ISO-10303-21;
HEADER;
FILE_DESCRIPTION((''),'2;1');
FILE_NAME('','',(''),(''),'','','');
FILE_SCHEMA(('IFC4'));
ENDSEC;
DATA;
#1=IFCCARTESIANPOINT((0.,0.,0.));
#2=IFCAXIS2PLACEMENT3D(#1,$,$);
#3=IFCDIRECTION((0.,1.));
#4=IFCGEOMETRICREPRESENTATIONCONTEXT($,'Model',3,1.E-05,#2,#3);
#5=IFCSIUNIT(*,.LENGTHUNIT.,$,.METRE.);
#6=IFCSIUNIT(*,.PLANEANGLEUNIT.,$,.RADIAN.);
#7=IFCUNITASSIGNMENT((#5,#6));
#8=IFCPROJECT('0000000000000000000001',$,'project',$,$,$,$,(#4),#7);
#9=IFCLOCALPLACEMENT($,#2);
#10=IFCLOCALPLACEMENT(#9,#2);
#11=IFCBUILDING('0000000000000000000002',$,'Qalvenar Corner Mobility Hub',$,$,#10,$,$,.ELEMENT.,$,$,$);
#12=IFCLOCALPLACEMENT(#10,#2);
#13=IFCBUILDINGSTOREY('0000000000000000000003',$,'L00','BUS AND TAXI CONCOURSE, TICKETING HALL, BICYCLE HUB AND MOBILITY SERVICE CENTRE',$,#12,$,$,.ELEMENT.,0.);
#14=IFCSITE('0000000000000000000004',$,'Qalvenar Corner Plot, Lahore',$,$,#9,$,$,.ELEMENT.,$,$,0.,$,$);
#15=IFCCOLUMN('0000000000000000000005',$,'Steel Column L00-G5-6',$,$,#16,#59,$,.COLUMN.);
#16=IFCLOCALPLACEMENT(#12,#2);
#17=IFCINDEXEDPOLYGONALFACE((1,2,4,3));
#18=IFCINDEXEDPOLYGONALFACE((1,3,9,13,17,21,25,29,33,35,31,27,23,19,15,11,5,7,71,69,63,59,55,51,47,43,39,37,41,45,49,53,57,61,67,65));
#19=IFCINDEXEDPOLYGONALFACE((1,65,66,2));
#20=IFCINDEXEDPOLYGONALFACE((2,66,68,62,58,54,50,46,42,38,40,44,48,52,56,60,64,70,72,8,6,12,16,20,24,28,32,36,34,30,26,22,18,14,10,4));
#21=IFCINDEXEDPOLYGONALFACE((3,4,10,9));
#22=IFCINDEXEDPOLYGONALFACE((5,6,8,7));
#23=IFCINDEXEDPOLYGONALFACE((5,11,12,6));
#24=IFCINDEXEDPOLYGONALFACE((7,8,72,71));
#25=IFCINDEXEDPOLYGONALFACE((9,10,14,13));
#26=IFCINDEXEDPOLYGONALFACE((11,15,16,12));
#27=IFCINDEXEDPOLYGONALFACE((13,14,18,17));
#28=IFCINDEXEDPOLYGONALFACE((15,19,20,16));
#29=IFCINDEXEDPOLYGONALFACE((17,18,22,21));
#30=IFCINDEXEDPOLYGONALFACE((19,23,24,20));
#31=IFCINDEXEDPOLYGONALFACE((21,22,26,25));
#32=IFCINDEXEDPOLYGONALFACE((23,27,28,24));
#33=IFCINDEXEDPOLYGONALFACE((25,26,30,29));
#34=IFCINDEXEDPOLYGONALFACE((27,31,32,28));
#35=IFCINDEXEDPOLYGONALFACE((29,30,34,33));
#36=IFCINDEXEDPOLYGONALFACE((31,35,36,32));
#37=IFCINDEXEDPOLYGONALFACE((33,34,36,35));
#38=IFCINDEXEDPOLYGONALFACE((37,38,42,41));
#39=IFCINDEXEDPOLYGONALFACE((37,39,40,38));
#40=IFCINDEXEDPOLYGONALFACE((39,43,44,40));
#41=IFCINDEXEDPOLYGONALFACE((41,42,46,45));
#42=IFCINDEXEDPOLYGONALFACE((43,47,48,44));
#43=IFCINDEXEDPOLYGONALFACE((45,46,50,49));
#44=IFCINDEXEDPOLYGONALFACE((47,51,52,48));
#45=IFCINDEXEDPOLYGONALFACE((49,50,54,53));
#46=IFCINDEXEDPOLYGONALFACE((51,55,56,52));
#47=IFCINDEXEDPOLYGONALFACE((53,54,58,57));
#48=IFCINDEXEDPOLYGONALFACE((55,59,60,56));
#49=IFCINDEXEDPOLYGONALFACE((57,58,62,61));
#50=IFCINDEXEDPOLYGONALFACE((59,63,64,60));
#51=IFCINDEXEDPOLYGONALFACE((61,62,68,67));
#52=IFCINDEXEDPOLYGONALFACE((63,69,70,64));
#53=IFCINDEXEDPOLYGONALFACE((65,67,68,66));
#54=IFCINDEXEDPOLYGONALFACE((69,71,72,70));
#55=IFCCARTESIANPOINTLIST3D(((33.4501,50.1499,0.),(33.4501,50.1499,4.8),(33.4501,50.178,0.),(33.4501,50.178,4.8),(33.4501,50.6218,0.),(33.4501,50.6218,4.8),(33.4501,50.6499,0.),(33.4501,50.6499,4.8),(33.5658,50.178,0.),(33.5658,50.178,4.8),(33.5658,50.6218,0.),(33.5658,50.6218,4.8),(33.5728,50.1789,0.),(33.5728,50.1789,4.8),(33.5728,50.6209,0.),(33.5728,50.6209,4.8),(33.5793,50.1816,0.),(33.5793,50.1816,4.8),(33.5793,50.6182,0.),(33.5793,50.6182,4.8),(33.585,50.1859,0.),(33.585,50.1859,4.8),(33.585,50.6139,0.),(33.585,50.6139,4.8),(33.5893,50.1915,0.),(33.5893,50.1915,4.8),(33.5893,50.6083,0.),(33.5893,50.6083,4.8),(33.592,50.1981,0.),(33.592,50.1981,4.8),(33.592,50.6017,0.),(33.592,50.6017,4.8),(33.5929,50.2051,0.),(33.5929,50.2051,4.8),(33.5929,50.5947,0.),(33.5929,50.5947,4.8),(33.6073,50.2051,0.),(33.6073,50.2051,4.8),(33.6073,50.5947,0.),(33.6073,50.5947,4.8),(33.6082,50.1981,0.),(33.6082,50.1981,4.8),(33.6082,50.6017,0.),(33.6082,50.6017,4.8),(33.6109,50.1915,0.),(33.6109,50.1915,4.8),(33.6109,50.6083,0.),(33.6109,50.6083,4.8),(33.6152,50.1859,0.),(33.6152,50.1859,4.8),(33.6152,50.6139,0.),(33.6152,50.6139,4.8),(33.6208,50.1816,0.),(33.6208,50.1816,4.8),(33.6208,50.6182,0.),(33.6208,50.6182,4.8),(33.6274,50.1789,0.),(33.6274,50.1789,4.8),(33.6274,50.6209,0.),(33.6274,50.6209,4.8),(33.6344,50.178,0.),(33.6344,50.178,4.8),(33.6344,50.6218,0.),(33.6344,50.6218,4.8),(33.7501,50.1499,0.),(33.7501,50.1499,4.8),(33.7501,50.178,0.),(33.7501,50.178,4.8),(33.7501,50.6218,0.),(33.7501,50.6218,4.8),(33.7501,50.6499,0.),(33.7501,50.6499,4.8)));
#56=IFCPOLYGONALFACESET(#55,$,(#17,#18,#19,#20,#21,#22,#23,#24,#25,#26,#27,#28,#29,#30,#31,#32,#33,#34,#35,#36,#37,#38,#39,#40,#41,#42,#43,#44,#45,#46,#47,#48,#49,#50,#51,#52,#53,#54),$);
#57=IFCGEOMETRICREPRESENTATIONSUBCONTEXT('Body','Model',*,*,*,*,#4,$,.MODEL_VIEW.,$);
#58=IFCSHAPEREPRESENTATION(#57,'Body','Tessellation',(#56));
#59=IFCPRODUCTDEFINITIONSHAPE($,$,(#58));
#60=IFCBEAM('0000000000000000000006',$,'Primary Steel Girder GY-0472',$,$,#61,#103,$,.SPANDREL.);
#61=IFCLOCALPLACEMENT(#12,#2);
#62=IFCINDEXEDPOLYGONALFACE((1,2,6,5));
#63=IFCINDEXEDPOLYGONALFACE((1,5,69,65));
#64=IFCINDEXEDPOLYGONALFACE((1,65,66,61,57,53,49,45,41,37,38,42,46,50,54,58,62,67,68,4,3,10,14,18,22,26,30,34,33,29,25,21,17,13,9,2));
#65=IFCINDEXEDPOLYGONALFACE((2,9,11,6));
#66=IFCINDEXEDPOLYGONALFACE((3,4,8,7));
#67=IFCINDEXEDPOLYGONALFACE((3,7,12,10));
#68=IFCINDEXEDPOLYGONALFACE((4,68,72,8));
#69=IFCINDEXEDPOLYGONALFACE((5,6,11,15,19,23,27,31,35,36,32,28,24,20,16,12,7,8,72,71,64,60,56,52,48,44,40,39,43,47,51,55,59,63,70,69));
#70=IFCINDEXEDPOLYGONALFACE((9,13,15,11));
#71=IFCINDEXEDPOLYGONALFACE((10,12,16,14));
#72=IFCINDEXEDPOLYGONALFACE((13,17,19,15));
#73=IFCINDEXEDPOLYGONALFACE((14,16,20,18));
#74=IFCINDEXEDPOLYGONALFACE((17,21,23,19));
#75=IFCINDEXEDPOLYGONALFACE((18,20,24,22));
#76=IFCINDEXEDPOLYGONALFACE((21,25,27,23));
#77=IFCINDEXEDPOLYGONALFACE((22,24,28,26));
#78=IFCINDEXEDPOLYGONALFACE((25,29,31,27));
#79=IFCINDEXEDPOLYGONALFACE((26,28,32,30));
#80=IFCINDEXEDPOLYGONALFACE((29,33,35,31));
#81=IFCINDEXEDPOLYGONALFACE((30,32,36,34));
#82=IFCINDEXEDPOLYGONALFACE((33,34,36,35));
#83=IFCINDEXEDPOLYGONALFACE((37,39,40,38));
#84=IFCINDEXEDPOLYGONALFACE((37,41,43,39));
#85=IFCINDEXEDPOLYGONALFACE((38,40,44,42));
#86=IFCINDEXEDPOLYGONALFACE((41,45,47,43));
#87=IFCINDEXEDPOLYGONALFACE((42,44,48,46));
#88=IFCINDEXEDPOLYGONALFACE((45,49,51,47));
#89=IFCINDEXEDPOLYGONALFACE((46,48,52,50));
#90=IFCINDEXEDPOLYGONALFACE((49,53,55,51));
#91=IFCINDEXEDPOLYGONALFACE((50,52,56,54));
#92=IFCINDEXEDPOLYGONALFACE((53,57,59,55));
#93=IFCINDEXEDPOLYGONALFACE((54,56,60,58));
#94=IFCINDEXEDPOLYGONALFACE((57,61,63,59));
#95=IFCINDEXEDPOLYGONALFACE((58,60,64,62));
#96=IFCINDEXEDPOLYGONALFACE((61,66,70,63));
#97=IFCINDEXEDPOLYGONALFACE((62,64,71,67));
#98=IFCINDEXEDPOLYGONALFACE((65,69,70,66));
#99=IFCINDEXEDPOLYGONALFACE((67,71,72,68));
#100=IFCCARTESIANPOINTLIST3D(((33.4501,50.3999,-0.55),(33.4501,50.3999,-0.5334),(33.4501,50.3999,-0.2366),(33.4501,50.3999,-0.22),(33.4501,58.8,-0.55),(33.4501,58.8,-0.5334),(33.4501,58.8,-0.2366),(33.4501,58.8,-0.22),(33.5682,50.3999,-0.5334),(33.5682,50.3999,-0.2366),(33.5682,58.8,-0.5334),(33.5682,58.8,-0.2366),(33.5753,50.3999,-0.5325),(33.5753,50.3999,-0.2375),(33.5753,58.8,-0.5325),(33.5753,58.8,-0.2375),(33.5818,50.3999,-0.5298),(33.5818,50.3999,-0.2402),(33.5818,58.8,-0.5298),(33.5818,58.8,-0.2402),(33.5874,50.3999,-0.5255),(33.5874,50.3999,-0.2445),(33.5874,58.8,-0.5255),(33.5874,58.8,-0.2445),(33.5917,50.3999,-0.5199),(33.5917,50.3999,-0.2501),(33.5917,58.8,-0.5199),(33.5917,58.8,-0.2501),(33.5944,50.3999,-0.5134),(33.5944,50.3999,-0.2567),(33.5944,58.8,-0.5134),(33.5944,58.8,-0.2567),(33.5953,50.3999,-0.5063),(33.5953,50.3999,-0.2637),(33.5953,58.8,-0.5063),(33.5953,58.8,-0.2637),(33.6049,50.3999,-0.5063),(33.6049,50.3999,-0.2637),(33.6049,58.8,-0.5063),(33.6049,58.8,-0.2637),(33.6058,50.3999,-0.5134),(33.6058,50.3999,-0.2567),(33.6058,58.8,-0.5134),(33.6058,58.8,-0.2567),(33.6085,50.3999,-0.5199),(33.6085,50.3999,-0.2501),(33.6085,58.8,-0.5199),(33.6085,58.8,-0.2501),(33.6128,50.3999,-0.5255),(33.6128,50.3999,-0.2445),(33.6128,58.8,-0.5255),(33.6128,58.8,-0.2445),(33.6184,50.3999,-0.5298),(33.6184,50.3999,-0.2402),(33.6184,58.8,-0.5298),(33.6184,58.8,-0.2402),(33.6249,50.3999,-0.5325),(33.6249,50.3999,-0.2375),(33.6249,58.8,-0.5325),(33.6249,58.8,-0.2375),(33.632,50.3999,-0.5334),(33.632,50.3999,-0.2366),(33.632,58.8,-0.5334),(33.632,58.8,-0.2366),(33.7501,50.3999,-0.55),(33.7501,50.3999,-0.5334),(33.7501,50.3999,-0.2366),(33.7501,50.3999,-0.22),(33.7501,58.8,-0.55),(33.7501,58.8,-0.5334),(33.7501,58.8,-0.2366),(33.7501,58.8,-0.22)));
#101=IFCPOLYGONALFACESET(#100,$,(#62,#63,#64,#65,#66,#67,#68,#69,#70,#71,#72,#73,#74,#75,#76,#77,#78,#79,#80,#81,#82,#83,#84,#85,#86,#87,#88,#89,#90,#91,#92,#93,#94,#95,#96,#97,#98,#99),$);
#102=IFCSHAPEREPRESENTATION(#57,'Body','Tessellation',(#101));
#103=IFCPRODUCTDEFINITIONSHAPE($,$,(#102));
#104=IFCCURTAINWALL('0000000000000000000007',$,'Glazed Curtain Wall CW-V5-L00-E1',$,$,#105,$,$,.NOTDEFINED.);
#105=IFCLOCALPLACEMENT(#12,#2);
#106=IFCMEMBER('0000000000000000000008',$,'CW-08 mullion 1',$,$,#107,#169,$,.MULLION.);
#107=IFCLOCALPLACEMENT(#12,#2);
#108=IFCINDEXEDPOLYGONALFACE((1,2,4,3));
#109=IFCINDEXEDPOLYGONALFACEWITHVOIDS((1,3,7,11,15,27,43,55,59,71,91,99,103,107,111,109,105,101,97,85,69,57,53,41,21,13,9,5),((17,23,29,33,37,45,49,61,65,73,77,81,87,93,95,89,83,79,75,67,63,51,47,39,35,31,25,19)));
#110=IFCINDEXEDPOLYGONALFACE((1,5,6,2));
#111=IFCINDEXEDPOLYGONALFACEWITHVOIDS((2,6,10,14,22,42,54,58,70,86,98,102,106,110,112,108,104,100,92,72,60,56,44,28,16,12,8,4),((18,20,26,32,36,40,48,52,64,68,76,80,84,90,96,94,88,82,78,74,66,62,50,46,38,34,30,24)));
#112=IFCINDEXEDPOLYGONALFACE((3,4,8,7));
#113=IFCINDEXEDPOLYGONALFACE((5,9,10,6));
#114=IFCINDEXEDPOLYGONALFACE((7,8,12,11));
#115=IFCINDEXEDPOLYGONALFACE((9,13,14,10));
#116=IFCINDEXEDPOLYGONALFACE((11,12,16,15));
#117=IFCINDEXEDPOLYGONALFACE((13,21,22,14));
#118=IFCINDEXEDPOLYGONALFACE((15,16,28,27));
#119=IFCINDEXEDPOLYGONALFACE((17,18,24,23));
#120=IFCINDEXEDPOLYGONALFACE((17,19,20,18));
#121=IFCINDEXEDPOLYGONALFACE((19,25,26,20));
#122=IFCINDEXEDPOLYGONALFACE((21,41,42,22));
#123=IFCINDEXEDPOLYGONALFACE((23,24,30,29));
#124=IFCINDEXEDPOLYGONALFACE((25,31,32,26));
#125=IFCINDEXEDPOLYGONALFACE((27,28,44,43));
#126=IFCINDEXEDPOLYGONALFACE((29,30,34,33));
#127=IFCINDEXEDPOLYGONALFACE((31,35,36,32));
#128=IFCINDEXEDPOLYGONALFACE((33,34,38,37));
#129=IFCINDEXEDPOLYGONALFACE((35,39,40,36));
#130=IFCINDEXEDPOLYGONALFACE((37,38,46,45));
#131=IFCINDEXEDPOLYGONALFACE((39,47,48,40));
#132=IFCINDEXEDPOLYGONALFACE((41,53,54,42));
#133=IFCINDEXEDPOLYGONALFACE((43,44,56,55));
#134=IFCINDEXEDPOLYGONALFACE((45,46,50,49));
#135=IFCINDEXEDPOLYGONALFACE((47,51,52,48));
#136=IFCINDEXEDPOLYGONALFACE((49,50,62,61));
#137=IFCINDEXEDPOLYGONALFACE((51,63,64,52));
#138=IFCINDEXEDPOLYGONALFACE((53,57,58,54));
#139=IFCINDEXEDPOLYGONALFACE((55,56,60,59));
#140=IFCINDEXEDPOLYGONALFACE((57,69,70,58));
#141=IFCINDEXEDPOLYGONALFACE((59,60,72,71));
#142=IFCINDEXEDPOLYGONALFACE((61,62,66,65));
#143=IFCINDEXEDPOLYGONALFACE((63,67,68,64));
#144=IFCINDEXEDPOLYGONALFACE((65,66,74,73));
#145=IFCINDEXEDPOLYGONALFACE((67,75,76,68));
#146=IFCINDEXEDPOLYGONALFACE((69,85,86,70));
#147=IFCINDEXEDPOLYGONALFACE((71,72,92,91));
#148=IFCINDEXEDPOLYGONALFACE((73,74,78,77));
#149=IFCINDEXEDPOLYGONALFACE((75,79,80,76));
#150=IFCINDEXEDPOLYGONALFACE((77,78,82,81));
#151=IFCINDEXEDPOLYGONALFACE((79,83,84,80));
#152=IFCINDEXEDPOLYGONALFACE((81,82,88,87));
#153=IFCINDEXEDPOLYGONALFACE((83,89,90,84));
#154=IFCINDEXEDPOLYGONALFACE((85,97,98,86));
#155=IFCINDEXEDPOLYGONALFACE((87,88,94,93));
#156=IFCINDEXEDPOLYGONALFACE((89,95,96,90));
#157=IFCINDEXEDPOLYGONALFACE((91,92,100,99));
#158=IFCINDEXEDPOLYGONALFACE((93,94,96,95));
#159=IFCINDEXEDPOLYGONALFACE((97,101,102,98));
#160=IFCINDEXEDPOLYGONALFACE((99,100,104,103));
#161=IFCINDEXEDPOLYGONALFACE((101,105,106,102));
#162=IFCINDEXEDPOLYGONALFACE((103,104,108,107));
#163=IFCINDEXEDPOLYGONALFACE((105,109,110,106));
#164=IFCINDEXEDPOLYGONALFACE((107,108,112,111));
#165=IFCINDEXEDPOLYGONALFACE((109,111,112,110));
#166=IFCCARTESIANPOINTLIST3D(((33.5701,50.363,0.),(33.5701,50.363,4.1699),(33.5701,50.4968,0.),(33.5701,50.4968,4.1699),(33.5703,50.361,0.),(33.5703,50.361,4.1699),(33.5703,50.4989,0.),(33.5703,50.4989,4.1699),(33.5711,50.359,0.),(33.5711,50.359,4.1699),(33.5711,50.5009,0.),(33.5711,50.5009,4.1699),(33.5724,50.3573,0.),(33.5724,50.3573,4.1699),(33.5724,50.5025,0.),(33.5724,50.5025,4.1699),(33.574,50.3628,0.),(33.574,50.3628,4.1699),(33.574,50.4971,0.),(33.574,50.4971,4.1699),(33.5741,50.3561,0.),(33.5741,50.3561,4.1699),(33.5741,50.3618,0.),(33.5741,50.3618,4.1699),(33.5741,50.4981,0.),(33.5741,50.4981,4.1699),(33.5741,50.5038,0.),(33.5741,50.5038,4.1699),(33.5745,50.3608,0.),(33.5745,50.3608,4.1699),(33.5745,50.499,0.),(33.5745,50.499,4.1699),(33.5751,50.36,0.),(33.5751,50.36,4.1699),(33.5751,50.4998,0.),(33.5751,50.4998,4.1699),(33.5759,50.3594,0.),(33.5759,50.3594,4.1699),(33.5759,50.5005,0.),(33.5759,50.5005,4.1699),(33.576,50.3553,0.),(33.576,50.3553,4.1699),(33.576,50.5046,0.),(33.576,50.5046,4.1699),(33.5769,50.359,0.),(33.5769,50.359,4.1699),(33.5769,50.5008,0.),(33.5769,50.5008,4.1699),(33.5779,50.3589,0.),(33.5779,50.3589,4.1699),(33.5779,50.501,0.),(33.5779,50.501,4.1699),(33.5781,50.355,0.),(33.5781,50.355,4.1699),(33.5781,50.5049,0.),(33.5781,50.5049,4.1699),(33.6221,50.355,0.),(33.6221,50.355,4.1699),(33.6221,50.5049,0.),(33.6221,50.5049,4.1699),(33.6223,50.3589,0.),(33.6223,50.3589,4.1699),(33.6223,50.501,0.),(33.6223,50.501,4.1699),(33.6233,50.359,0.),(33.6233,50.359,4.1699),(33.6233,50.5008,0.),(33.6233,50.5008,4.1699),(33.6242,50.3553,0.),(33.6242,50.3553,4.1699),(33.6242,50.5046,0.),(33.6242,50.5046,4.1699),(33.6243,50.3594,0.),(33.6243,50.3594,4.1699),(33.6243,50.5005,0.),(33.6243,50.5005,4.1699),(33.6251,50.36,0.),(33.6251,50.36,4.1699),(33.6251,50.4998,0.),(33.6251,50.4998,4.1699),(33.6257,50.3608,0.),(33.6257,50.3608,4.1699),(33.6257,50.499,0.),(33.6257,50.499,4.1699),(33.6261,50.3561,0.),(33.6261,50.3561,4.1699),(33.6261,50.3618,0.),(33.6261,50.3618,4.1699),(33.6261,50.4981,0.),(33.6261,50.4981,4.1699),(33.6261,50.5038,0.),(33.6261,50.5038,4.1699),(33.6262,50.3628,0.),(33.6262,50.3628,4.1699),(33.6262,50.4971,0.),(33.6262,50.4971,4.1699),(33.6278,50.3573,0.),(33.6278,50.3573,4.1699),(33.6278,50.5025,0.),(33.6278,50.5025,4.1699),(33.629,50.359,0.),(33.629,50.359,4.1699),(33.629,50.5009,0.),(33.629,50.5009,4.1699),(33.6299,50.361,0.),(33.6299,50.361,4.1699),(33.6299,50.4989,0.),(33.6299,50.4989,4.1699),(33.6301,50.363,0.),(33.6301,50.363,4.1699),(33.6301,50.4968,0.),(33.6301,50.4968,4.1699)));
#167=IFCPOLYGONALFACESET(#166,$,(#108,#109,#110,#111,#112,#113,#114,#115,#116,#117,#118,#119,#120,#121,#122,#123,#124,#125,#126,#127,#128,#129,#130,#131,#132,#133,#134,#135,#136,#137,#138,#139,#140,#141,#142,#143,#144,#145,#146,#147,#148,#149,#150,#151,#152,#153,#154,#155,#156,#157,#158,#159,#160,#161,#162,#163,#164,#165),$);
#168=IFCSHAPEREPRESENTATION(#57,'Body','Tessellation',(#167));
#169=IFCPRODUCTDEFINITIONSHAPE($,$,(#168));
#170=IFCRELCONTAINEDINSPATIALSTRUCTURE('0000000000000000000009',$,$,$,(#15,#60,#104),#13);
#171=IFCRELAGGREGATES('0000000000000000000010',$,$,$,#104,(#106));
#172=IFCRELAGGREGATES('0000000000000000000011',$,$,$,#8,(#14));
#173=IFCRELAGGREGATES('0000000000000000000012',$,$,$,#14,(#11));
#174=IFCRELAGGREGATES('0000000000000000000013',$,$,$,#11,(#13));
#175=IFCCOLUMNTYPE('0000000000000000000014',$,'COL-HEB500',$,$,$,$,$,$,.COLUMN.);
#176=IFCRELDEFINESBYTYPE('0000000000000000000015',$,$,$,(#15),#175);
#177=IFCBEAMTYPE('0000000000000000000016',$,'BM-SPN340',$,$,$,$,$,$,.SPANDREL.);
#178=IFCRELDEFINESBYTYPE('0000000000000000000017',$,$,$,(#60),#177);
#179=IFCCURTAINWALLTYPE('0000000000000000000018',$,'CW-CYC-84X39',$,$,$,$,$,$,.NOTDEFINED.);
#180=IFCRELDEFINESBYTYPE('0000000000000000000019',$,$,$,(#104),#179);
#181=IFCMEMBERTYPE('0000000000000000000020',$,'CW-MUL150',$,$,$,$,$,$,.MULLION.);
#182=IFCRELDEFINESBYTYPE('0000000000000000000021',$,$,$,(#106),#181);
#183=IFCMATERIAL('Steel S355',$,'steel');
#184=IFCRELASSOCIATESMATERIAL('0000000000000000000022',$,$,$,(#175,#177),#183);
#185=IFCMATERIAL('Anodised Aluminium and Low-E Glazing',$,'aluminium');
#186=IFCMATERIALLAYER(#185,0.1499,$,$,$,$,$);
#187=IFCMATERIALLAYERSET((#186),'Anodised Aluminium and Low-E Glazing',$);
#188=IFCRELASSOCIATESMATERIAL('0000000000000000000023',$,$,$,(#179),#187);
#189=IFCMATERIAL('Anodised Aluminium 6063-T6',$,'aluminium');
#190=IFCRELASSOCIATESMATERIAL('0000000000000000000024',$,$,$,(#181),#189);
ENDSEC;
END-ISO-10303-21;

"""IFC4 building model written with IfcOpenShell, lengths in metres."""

from ifc_helpers import new_model, si_unit, direction, frame, origin, origin_2d, place, context, subcontext, project, spatial, hollow_rectangle, i_section, extrude, material, layer, layer_set, material_profile, profile_set, type_object, element, aggregate, save


model = new_model("IFC4")

# Units and contexts
model_context = context("Model", 3, precision=1e-05, world=origin(), true_north=direction((0.0, 1.0)))
body_context = subcontext(model_context, "Body", "Model", "MODEL_VIEW")
ifc_project = project(units=[si_unit("LENGTHUNIT", "METRE"), si_unit("PLANEANGLEUNIT", "RADIAN")], contexts=[model_context])

# Site, building, storey
site_placement = place(None, origin())
site = spatial("IfcSite", under=ifc_project, at=site_placement, Name="Qalvenar Corner Plot, Lahore", CompositionType="ELEMENT", RefElevation=0.0)
building_placement = place(site_placement, origin())
building = spatial("IfcBuilding", under=site, at=building_placement, Name="Qalvenar Corner Mobility Hub", CompositionType="ELEMENT")
storey_placement = place(building_placement, origin())
storey = spatial("IfcBuildingStorey", under=building, at=storey_placement, Name="L00", Description="BUS AND TAXI CONCOURSE, TICKETING HALL, BICYCLE HUB AND MOBILITY SERVICE CENTRE", CompositionType="ELEMENT", Elevation=0.0)

# Column
ifc_material_1 = material(Name="Steel S355", Category="steel")
ifc_material_profile_1 = material_profile(ifc_material_1, i_section(OverallWidth=0.3, OverallDepth=0.5, WebThickness=0.0144, FlangeThickness=0.0281, FilletRadius=0.0271, at=origin_2d()), Name="HEB500")
ifc_profile_set_1 = profile_set([ifc_material_profile_1], Name="Steel S355")
column_type = type_object("IfcColumnType", Name="COL-HEB500", PredefinedType="COLUMN", material=ifc_profile_set_1)
column_placement = place(storey_placement, frame((33.6001, 50.3999, 0.0), z_axis=(0.0, 0.0, 1.0), x_axis=(1.0, 0.0, 0.0)))
element("IfcColumn", 1, at=column_placement, inside=storey, type_object=column_type, Name="Steel Column L00-G5-6", PredefinedType="COLUMN", context=body_context, shape_type="SweptSolid", body=[
    extrude(i_section(OverallWidth=0.3, OverallDepth=0.5, WebThickness=0.0144, FlangeThickness=0.0281, FilletRadius=0.0271, at=origin_2d()), origin(), (0.0, 0.0, 1.0), 4.8),
])

# Beam
ifc_material_profile_2 = material_profile(ifc_material_1, i_section(OverallWidth=0.3, OverallDepth=0.3301, WebThickness=0.0095, FlangeThickness=0.0166, FilletRadius=0.0271, at=origin_2d()), Name="HEA340")
ifc_profile_set_2 = profile_set([ifc_material_profile_2], Name="Steel S355")
beam_type = type_object("IfcBeamType", Name="BM-SPN340", PredefinedType="SPANDREL", material=ifc_profile_set_2)
beam_placement = place(storey_placement, frame((33.6001, 50.3999, -0.385), z_axis=(0.0, 1.0, 0.0), x_axis=(-1.0, 0.0, 0.0)))
element("IfcBeam", 2, at=beam_placement, inside=storey, type_object=beam_type, Name="Primary Steel Girder GY-0472", PredefinedType="SPANDREL", context=body_context, shape_type="SweptSolid", body=[
    extrude(i_section(OverallWidth=0.3, OverallDepth=0.3301, WebThickness=0.0095, FlangeThickness=0.0166, FilletRadius=0.0271, at=origin_2d()), origin(), (0.0, 0.0, 1.0), 8.4001),
])

# Curtain wall, member
ifc_material_2 = material(Name="Anodised Aluminium and Low-E Glazing", Category="aluminium")
ifc_layer_1 = layer(ifc_material_2, 0.1499)
ifc_layer_set_1 = layer_set([ifc_layer_1], Name="Anodised Aluminium and Low-E Glazing")
curtain_wall_type = type_object("IfcCurtainWallType", Name="CW-CYC-84X39", PredefinedType="NOTDEFINED", material=ifc_layer_set_1)
curtain_wall_placement = place(storey_placement, origin())
curtain_wall = element("IfcCurtainWall", 3, at=curtain_wall_placement, inside=storey, type_object=curtain_wall_type, Name="Glazed Curtain Wall CW-V5-L00-E1", PredefinedType="NOTDEFINED")
ifc_material_3 = material(Name="Anodised Aluminium 6063-T6", Category="aluminium")
ifc_material_profile_3 = material_profile(ifc_material_3, hollow_rectangle(XDim=0.0601, YDim=0.1499, WallThickness=0.0039, InnerFilletRadius=0.0039, OuterFilletRadius=0.0081, at=origin_2d()), Name="RHS150x60x4")
ifc_profile_set_3 = profile_set([ifc_material_profile_3], Name="Anodised Aluminium 6063-T6")
member_type_1 = type_object("IfcMemberType", Name="CW-MUL150", PredefinedType="MULLION", material=ifc_profile_set_3)
member_1_placement = place(storey_placement, frame((33.6001, 50.4299, 0.0), z_axis=(0.0, 0.0, 1.0), x_axis=(-1.0, 0.0, 0.0)))
member_1 = element("IfcMember", 4, at=member_1_placement, type_object=member_type_1, Name="CW-08 mullion 1", PredefinedType="MULLION", context=body_context, shape_type="SweptSolid", body=[
    extrude(hollow_rectangle(XDim=0.0601, YDim=0.1499, WallThickness=0.0039, InnerFilletRadius=0.0039, OuterFilletRadius=0.0081, at=origin_2d()), origin(), (0.0, 0.0, 1.0), 4.1699),
])
aggregate(curtain_wall, [member_1])

save(model, "model.ifc")
